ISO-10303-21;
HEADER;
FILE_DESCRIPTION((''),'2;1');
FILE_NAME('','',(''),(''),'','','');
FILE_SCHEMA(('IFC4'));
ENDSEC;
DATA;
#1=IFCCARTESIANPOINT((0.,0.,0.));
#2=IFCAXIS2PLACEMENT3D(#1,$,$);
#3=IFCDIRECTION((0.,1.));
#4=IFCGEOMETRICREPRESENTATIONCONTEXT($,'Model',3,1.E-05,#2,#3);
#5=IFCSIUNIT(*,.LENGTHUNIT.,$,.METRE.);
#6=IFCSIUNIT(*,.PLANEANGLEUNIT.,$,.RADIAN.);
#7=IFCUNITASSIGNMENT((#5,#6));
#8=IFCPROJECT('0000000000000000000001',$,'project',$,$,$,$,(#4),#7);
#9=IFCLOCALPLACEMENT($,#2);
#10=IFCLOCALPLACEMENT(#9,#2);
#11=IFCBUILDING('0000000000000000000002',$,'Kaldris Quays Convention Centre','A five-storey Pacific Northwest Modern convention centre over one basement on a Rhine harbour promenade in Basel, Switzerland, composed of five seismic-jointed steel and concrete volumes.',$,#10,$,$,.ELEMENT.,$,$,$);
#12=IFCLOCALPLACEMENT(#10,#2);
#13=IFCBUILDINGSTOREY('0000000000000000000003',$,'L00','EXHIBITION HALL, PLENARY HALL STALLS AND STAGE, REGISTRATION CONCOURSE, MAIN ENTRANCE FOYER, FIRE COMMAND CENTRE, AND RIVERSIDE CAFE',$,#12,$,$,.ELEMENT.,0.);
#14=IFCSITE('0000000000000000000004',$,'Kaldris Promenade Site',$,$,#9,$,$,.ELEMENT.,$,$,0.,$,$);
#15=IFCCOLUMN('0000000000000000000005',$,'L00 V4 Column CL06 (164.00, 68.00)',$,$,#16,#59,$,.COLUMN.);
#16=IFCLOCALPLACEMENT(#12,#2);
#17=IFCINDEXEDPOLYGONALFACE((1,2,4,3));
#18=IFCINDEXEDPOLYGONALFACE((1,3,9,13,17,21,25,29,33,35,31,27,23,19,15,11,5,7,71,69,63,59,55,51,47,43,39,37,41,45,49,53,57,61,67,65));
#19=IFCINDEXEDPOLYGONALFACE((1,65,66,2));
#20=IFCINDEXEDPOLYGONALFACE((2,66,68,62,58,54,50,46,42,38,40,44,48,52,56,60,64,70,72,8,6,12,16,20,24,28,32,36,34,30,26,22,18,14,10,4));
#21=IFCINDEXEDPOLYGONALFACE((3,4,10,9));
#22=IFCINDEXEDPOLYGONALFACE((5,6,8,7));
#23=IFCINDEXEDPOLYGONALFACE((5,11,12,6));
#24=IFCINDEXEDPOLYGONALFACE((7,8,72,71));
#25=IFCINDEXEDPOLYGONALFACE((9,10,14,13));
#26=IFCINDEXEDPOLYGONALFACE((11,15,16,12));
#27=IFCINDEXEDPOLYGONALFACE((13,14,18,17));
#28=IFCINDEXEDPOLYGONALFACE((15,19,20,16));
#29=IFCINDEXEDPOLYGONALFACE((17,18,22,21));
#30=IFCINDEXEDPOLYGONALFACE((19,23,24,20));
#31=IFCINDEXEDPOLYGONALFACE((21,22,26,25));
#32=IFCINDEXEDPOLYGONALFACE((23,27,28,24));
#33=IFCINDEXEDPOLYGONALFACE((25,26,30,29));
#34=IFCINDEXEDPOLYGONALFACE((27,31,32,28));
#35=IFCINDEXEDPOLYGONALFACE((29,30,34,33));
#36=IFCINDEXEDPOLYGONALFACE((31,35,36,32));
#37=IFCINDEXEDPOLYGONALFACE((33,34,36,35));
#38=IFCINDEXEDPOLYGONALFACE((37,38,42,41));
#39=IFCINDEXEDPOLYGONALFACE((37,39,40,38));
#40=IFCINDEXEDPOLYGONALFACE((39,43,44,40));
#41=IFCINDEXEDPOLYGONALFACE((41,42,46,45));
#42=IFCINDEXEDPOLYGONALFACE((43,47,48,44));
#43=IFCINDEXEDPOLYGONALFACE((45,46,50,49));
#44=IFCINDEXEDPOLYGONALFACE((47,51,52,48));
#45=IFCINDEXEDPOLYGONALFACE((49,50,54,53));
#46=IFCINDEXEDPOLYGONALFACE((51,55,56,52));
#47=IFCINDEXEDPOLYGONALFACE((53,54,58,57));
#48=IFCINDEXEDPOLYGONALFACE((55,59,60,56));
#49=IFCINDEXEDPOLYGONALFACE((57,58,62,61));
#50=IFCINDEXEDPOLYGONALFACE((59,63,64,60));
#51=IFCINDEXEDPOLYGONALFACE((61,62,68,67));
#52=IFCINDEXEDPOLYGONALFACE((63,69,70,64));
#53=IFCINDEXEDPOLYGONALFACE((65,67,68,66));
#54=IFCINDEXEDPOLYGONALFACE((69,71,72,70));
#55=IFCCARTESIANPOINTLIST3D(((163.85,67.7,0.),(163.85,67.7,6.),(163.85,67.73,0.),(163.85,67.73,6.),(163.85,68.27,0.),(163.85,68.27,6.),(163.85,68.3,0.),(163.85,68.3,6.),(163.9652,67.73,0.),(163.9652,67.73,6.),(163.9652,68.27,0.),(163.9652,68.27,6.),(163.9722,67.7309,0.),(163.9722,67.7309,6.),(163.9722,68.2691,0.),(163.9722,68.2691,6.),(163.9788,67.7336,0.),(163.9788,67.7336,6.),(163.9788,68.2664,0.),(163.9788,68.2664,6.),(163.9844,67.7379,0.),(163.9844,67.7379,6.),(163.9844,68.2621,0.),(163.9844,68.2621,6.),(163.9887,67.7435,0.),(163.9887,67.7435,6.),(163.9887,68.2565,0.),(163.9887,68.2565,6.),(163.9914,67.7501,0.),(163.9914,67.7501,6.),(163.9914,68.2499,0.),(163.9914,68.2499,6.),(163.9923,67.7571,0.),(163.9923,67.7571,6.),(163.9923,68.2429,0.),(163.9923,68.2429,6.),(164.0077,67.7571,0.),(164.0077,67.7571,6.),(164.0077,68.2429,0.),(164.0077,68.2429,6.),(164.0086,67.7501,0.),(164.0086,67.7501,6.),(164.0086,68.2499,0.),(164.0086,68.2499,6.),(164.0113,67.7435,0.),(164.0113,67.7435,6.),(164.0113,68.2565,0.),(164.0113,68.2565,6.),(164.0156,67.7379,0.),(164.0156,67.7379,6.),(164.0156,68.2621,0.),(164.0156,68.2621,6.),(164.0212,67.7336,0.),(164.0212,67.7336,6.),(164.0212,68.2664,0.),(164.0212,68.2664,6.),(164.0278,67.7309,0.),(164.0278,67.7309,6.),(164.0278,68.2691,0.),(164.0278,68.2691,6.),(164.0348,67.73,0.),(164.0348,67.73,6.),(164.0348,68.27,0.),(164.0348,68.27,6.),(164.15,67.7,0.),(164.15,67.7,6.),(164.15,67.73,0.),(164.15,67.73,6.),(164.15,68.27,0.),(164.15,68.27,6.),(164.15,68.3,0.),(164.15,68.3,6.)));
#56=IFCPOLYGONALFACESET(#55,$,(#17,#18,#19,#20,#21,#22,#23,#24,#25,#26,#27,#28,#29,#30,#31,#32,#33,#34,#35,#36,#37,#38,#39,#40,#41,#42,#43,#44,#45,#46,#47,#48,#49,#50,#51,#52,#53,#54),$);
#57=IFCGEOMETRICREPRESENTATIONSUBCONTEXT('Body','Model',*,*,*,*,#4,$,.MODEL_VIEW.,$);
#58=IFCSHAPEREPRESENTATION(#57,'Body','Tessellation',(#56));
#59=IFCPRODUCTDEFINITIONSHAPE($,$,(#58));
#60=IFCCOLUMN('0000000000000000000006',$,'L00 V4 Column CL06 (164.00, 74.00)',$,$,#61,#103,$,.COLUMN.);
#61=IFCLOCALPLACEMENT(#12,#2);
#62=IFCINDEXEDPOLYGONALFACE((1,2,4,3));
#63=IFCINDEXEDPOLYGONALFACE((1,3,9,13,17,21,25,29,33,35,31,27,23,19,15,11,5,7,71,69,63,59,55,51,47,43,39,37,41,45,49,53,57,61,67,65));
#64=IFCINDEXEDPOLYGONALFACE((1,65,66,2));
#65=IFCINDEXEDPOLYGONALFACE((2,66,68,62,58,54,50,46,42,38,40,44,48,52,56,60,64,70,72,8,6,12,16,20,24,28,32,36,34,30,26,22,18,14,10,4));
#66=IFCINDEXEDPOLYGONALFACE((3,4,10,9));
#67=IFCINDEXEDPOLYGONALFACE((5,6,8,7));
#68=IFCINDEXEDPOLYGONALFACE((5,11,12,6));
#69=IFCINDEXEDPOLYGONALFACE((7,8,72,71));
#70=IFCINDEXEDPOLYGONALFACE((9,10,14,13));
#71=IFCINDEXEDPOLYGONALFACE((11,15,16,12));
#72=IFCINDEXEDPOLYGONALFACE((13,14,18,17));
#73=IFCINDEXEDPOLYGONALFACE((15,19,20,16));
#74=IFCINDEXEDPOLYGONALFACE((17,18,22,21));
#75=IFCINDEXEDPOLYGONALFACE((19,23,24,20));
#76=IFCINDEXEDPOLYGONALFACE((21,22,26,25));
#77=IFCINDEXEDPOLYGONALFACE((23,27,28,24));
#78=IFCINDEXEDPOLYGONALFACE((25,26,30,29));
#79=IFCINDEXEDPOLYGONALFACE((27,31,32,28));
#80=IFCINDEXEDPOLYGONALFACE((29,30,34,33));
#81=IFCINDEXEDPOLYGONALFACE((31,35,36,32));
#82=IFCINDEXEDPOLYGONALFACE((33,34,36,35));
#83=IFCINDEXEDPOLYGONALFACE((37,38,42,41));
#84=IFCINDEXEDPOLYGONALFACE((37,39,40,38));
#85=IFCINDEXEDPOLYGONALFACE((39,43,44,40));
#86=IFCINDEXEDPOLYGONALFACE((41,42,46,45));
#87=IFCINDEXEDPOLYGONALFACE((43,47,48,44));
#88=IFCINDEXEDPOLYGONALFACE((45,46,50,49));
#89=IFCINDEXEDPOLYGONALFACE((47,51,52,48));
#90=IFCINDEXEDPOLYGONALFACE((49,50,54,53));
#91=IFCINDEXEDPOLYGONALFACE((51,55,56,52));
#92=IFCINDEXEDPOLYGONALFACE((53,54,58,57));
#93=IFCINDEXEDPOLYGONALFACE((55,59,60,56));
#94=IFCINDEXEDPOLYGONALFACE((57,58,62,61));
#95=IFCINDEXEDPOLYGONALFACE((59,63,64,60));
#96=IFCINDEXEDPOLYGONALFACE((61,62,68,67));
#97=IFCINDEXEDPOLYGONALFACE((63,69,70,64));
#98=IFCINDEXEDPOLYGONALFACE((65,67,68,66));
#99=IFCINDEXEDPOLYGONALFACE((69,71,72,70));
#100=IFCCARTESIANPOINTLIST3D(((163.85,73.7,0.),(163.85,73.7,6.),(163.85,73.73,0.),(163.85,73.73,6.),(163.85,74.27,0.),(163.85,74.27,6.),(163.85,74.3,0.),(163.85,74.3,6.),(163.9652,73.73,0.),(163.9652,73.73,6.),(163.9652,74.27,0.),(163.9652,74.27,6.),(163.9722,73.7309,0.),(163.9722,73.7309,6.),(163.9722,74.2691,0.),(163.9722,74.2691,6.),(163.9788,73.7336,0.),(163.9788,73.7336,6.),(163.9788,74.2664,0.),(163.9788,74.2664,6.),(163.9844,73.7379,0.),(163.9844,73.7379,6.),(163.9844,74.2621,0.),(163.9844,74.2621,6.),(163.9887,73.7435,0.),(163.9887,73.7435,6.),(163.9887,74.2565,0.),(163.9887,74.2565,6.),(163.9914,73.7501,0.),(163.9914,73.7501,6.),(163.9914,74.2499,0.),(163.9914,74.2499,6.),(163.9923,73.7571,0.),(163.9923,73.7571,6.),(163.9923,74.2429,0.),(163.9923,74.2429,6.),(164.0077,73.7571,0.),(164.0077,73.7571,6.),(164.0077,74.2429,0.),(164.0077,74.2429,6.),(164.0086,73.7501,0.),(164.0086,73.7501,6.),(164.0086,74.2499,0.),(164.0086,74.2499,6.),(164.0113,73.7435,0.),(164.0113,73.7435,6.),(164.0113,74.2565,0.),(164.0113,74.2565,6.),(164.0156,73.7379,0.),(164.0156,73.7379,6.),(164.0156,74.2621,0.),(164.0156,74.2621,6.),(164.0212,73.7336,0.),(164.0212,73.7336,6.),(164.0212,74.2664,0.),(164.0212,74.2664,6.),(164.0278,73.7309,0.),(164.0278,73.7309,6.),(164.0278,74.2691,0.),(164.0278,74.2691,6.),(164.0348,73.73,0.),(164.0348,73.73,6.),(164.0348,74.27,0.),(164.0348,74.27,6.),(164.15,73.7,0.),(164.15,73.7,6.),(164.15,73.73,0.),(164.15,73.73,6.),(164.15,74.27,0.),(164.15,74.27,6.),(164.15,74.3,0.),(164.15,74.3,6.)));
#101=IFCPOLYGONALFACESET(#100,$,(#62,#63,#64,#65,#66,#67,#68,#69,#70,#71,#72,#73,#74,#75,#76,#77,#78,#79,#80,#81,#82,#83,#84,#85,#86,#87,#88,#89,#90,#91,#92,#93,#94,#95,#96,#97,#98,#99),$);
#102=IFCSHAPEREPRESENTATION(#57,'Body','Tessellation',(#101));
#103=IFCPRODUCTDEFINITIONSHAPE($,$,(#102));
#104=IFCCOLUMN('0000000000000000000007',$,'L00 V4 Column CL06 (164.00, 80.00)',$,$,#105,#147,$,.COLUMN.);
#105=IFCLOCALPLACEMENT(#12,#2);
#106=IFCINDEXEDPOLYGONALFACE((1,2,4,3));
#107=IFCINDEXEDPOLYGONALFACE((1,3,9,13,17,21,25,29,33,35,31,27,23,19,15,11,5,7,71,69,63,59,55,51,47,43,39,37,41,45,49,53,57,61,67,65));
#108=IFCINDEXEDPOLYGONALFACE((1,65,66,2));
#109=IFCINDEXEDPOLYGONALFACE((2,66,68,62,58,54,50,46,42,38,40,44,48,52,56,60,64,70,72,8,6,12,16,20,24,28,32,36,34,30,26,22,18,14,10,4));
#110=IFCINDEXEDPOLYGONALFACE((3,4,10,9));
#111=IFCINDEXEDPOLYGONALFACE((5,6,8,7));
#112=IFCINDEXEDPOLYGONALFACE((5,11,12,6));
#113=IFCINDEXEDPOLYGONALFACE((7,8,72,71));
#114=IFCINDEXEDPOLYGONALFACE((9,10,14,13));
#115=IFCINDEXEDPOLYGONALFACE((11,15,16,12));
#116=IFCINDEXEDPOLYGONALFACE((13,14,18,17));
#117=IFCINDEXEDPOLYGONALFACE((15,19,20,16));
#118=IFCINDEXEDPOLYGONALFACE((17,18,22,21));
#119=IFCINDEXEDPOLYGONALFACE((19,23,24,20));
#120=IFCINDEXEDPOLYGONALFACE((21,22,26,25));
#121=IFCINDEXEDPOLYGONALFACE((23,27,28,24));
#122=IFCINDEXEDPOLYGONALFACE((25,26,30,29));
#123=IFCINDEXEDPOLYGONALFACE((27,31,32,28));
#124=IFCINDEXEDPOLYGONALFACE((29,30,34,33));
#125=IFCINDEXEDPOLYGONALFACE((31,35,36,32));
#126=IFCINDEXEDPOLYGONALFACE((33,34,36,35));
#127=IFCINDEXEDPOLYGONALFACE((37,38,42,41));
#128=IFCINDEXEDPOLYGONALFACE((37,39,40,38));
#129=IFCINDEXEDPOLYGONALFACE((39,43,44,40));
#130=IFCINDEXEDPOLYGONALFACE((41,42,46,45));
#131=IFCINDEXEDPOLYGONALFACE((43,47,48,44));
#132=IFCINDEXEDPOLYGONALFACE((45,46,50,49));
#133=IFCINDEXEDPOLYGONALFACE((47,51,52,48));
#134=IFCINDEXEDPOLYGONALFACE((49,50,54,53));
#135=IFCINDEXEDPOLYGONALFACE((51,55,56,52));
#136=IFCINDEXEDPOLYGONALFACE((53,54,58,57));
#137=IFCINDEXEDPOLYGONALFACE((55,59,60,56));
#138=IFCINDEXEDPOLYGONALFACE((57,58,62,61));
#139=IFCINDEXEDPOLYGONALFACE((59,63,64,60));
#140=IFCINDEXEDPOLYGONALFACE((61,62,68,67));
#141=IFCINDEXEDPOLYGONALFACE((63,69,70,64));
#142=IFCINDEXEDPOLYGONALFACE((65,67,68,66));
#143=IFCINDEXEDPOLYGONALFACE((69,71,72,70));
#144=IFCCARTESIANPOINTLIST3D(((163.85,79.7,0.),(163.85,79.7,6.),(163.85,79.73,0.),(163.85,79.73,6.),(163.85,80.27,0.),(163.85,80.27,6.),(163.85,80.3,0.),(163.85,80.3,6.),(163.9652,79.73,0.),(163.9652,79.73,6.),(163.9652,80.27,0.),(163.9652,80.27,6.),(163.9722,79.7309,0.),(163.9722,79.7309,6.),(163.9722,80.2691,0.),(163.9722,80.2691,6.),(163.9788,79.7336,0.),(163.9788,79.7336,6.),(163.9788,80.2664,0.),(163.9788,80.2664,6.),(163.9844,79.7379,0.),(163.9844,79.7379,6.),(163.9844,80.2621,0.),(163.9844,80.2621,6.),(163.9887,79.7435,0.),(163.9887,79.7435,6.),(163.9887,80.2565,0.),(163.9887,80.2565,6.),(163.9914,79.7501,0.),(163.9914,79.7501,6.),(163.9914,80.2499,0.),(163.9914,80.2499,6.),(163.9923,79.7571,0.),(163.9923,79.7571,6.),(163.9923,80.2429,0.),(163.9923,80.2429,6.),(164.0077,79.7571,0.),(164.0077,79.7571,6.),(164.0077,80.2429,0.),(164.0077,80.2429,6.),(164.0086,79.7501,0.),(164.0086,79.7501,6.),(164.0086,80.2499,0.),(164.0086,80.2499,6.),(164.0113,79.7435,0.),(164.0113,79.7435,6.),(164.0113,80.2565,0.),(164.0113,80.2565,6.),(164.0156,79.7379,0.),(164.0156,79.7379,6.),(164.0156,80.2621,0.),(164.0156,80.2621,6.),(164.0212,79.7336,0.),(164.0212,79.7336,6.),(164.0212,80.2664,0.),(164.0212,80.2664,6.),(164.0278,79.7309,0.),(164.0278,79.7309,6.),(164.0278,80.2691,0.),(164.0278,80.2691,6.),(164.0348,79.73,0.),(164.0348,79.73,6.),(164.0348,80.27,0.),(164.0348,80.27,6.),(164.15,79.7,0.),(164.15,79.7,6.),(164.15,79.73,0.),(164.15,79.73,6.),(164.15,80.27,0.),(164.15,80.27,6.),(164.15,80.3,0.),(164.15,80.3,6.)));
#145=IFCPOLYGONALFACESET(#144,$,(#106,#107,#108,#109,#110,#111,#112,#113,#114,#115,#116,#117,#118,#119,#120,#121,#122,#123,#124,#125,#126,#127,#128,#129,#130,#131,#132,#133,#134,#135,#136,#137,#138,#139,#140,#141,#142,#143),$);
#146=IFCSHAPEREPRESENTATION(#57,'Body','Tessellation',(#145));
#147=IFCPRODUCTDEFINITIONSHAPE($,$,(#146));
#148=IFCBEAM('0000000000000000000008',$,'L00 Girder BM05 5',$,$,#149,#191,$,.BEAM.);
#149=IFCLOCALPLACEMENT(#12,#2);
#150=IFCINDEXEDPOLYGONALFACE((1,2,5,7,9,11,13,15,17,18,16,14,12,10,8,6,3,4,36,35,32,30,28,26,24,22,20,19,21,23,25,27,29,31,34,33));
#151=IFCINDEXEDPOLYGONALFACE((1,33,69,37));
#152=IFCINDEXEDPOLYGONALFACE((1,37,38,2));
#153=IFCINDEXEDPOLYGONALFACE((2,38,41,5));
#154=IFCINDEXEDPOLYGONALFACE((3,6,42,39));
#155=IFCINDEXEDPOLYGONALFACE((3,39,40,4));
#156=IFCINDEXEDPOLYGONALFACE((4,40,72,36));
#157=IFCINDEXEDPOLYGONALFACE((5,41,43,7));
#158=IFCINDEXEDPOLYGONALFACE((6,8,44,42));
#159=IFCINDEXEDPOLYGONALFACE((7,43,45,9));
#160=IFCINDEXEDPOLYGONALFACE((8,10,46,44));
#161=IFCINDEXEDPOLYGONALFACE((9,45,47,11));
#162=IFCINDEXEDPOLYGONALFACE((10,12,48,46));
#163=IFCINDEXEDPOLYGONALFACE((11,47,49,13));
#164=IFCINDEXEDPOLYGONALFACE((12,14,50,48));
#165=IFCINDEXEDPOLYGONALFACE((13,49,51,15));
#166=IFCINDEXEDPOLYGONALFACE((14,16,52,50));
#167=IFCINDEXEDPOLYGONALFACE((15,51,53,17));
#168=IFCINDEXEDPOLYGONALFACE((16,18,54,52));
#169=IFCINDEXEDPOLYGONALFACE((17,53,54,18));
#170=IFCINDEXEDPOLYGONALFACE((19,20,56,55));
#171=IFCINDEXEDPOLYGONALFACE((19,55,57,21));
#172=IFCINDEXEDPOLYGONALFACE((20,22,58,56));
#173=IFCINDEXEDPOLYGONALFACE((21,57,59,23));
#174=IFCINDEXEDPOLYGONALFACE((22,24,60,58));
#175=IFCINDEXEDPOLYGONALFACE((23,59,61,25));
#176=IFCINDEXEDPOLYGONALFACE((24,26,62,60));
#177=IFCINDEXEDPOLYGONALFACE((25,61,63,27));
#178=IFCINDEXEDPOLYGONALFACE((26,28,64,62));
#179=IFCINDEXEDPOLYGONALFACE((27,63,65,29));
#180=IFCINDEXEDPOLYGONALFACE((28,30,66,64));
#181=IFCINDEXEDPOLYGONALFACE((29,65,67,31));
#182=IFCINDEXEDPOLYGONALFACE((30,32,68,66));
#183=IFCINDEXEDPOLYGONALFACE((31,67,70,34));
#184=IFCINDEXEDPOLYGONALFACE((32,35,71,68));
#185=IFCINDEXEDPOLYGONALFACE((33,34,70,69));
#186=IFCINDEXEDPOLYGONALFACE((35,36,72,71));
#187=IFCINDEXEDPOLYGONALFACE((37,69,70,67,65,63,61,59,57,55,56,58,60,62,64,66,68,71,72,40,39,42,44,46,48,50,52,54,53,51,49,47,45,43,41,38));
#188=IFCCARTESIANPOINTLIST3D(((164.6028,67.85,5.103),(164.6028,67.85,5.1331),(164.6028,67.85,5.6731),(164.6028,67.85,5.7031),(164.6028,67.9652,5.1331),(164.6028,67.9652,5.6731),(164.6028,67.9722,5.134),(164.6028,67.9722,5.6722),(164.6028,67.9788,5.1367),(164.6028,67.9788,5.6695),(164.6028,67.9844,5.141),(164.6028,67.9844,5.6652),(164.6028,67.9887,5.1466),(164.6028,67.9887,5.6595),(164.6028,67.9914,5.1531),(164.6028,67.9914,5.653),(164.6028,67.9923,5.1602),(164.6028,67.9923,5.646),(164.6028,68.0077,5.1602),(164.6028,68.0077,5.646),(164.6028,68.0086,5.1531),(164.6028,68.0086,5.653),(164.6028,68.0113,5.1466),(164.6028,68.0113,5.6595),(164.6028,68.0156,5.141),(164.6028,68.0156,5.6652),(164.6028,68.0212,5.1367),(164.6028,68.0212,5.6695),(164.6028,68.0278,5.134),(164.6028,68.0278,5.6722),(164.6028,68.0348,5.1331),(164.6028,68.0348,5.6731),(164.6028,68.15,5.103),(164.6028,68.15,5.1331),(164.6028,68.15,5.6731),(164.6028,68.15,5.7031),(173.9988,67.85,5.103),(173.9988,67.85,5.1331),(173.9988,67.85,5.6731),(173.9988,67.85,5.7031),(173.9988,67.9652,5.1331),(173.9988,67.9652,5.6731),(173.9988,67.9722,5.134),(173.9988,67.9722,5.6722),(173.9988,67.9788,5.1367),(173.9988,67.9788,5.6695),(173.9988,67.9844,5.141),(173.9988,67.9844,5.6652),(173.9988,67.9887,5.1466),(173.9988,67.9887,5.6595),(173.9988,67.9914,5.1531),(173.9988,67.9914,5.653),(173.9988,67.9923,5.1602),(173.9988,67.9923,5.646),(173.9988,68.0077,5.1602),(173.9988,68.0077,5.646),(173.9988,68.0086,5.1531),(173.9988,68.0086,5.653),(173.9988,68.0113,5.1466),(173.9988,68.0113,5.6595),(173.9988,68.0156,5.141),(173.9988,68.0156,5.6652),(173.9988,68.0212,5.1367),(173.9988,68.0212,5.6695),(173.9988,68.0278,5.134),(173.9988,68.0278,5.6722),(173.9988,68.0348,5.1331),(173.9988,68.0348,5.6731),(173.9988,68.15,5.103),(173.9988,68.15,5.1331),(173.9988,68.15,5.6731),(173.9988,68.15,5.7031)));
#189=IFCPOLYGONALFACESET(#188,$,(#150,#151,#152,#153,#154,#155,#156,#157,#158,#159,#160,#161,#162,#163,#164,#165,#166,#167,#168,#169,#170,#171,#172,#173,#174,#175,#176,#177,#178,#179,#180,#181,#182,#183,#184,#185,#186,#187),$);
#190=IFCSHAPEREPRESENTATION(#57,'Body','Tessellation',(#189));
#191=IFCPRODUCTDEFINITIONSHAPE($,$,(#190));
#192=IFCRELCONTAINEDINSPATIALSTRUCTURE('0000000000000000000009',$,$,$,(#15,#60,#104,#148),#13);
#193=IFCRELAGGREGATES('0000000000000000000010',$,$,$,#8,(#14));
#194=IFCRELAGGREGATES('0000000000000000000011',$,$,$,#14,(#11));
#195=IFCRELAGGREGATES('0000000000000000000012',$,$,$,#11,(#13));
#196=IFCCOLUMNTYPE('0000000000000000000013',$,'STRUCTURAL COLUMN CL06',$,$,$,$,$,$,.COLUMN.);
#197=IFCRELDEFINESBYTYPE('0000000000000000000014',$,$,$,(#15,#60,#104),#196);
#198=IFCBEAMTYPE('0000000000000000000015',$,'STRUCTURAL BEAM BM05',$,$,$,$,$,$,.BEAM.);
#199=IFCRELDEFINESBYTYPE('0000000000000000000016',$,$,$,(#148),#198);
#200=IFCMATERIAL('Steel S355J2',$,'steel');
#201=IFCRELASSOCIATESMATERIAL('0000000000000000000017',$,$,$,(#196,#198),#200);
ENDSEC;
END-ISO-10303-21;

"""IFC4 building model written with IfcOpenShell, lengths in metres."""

from ifc_helpers import new_model, si_unit, direction, frame, origin, origin_2d, place, context, subcontext, project, spatial, i_section, extrude, material, material_profile, profile_set, type_object, element, save


model = new_model("IFC4")

# Units and contexts
model_context = context("Model", 3, precision=1e-05, world=origin(), true_north=direction((0.0, 1.0)))
body_context = subcontext(model_context, "Body", "Model", "MODEL_VIEW")
ifc_project = project(units=[si_unit("LENGTHUNIT", "METRE"), si_unit("PLANEANGLEUNIT", "RADIAN")], contexts=[model_context])

# Site, building, storey
site_placement = place(None, origin())
site = spatial("IfcSite", under=ifc_project, at=site_placement, Name="Kaldris Promenade Site", CompositionType="ELEMENT", RefElevation=0.0)
building_placement = place(site_placement, origin())
building = spatial("IfcBuilding", under=site, at=building_placement, Name="Kaldris Quays Convention Centre", Description="A five-storey Pacific Northwest Modern convention centre over one basement on a Rhine harbour promenade in Basel, Switzerland, composed of five seismic-jointed steel and concrete volumes.", CompositionType="ELEMENT")
storey_placement = place(building_placement, origin())
storey = spatial("IfcBuildingStorey", under=building, at=storey_placement, Name="L00", Description="EXHIBITION HALL, PLENARY HALL STALLS AND STAGE, REGISTRATION CONCOURSE, MAIN ENTRANCE FOYER, FIRE COMMAND CENTRE, AND RIVERSIDE CAFE", CompositionType="ELEMENT", Elevation=0.0)

# Columns
ifc_material_1 = material(Name="Steel S355J2", Category="steel")
ifc_material_profile_1 = material_profile(ifc_material_1, i_section(OverallWidth=0.3, OverallDepth=0.6001, WebThickness=0.0154, FlangeThickness=0.03, FilletRadius=0.0271, at=origin_2d()), Name="HEB 600")
ifc_profile_set_1 = profile_set([ifc_material_profile_1], Name="Steel S355J2")
column_type_1 = type_object("IfcColumnType", Name="STRUCTURAL COLUMN CL06", PredefinedType="COLUMN", material=ifc_profile_set_1)
for number, where, z_axis, x_axis, name in (
    (1, (164.0, 68.0, 0.0), (0.0, 0.0, 1.0), (1.0, 0.0, 0.0), "L00 V4 Column CL06 (164.00, 68.00)"),
    (2, (164.0, 74.0, 0.0), (0.0, 0.0, 1.0), (1.0, 0.0, 0.0), "L00 V4 Column CL06 (164.00, 74.00)"),
    (3, (164.0, 80.0, 0.0), (0.0, 0.0, 1.0), (1.0, 0.0, 0.0), "L00 V4 Column CL06 (164.00, 80.00)"),
):
    element("IfcColumn", number, at=place(storey_placement, frame(where, z_axis=z_axis, x_axis=x_axis)), inside=storey, type_object=column_type_1, Name=name, PredefinedType="COLUMN", context=body_context, shape_type="SweptSolid", body=[
        extrude(i_section(OverallWidth=0.3, OverallDepth=0.6001, WebThickness=0.0154, FlangeThickness=0.03, FilletRadius=0.0271, at=origin_2d()), origin(), (0.0, 0.0, 1.0), 6.0),
    ])

# Beam
ifc_material_profile_2 = material_profile(ifc_material_1, i_section(OverallWidth=0.3, OverallDepth=0.6001, WebThickness=0.0154, FlangeThickness=0.03, FilletRadius=0.0271, at=origin_2d()), Name="HEB 600")
ifc_profile_set_2 = profile_set([ifc_material_profile_2], Name="Steel S355J2")
beam_type_1 = type_object("IfcBeamType", Name="STRUCTURAL BEAM BM05", PredefinedType="BEAM", material=ifc_profile_set_2)
beam_1_placement = place(storey_placement, frame((164.6028, 68.0, 5.4031), z_axis=(1.0, 0.0, 0.0), x_axis=(0.0, 1.0, 0.0)))
element("IfcBeam", 4, at=beam_1_placement, inside=storey, type_object=beam_type_1, Name="L00 Girder BM05 5", PredefinedType="BEAM", context=body_context, shape_type="SweptSolid", body=[
    extrude(i_section(OverallWidth=0.3, OverallDepth=0.6001, WebThickness=0.0154, FlangeThickness=0.03, FilletRadius=0.0271, at=origin_2d()), origin(), (0.0, 0.0, 1.0), 9.396),
])

save(model, "model.ifc")
